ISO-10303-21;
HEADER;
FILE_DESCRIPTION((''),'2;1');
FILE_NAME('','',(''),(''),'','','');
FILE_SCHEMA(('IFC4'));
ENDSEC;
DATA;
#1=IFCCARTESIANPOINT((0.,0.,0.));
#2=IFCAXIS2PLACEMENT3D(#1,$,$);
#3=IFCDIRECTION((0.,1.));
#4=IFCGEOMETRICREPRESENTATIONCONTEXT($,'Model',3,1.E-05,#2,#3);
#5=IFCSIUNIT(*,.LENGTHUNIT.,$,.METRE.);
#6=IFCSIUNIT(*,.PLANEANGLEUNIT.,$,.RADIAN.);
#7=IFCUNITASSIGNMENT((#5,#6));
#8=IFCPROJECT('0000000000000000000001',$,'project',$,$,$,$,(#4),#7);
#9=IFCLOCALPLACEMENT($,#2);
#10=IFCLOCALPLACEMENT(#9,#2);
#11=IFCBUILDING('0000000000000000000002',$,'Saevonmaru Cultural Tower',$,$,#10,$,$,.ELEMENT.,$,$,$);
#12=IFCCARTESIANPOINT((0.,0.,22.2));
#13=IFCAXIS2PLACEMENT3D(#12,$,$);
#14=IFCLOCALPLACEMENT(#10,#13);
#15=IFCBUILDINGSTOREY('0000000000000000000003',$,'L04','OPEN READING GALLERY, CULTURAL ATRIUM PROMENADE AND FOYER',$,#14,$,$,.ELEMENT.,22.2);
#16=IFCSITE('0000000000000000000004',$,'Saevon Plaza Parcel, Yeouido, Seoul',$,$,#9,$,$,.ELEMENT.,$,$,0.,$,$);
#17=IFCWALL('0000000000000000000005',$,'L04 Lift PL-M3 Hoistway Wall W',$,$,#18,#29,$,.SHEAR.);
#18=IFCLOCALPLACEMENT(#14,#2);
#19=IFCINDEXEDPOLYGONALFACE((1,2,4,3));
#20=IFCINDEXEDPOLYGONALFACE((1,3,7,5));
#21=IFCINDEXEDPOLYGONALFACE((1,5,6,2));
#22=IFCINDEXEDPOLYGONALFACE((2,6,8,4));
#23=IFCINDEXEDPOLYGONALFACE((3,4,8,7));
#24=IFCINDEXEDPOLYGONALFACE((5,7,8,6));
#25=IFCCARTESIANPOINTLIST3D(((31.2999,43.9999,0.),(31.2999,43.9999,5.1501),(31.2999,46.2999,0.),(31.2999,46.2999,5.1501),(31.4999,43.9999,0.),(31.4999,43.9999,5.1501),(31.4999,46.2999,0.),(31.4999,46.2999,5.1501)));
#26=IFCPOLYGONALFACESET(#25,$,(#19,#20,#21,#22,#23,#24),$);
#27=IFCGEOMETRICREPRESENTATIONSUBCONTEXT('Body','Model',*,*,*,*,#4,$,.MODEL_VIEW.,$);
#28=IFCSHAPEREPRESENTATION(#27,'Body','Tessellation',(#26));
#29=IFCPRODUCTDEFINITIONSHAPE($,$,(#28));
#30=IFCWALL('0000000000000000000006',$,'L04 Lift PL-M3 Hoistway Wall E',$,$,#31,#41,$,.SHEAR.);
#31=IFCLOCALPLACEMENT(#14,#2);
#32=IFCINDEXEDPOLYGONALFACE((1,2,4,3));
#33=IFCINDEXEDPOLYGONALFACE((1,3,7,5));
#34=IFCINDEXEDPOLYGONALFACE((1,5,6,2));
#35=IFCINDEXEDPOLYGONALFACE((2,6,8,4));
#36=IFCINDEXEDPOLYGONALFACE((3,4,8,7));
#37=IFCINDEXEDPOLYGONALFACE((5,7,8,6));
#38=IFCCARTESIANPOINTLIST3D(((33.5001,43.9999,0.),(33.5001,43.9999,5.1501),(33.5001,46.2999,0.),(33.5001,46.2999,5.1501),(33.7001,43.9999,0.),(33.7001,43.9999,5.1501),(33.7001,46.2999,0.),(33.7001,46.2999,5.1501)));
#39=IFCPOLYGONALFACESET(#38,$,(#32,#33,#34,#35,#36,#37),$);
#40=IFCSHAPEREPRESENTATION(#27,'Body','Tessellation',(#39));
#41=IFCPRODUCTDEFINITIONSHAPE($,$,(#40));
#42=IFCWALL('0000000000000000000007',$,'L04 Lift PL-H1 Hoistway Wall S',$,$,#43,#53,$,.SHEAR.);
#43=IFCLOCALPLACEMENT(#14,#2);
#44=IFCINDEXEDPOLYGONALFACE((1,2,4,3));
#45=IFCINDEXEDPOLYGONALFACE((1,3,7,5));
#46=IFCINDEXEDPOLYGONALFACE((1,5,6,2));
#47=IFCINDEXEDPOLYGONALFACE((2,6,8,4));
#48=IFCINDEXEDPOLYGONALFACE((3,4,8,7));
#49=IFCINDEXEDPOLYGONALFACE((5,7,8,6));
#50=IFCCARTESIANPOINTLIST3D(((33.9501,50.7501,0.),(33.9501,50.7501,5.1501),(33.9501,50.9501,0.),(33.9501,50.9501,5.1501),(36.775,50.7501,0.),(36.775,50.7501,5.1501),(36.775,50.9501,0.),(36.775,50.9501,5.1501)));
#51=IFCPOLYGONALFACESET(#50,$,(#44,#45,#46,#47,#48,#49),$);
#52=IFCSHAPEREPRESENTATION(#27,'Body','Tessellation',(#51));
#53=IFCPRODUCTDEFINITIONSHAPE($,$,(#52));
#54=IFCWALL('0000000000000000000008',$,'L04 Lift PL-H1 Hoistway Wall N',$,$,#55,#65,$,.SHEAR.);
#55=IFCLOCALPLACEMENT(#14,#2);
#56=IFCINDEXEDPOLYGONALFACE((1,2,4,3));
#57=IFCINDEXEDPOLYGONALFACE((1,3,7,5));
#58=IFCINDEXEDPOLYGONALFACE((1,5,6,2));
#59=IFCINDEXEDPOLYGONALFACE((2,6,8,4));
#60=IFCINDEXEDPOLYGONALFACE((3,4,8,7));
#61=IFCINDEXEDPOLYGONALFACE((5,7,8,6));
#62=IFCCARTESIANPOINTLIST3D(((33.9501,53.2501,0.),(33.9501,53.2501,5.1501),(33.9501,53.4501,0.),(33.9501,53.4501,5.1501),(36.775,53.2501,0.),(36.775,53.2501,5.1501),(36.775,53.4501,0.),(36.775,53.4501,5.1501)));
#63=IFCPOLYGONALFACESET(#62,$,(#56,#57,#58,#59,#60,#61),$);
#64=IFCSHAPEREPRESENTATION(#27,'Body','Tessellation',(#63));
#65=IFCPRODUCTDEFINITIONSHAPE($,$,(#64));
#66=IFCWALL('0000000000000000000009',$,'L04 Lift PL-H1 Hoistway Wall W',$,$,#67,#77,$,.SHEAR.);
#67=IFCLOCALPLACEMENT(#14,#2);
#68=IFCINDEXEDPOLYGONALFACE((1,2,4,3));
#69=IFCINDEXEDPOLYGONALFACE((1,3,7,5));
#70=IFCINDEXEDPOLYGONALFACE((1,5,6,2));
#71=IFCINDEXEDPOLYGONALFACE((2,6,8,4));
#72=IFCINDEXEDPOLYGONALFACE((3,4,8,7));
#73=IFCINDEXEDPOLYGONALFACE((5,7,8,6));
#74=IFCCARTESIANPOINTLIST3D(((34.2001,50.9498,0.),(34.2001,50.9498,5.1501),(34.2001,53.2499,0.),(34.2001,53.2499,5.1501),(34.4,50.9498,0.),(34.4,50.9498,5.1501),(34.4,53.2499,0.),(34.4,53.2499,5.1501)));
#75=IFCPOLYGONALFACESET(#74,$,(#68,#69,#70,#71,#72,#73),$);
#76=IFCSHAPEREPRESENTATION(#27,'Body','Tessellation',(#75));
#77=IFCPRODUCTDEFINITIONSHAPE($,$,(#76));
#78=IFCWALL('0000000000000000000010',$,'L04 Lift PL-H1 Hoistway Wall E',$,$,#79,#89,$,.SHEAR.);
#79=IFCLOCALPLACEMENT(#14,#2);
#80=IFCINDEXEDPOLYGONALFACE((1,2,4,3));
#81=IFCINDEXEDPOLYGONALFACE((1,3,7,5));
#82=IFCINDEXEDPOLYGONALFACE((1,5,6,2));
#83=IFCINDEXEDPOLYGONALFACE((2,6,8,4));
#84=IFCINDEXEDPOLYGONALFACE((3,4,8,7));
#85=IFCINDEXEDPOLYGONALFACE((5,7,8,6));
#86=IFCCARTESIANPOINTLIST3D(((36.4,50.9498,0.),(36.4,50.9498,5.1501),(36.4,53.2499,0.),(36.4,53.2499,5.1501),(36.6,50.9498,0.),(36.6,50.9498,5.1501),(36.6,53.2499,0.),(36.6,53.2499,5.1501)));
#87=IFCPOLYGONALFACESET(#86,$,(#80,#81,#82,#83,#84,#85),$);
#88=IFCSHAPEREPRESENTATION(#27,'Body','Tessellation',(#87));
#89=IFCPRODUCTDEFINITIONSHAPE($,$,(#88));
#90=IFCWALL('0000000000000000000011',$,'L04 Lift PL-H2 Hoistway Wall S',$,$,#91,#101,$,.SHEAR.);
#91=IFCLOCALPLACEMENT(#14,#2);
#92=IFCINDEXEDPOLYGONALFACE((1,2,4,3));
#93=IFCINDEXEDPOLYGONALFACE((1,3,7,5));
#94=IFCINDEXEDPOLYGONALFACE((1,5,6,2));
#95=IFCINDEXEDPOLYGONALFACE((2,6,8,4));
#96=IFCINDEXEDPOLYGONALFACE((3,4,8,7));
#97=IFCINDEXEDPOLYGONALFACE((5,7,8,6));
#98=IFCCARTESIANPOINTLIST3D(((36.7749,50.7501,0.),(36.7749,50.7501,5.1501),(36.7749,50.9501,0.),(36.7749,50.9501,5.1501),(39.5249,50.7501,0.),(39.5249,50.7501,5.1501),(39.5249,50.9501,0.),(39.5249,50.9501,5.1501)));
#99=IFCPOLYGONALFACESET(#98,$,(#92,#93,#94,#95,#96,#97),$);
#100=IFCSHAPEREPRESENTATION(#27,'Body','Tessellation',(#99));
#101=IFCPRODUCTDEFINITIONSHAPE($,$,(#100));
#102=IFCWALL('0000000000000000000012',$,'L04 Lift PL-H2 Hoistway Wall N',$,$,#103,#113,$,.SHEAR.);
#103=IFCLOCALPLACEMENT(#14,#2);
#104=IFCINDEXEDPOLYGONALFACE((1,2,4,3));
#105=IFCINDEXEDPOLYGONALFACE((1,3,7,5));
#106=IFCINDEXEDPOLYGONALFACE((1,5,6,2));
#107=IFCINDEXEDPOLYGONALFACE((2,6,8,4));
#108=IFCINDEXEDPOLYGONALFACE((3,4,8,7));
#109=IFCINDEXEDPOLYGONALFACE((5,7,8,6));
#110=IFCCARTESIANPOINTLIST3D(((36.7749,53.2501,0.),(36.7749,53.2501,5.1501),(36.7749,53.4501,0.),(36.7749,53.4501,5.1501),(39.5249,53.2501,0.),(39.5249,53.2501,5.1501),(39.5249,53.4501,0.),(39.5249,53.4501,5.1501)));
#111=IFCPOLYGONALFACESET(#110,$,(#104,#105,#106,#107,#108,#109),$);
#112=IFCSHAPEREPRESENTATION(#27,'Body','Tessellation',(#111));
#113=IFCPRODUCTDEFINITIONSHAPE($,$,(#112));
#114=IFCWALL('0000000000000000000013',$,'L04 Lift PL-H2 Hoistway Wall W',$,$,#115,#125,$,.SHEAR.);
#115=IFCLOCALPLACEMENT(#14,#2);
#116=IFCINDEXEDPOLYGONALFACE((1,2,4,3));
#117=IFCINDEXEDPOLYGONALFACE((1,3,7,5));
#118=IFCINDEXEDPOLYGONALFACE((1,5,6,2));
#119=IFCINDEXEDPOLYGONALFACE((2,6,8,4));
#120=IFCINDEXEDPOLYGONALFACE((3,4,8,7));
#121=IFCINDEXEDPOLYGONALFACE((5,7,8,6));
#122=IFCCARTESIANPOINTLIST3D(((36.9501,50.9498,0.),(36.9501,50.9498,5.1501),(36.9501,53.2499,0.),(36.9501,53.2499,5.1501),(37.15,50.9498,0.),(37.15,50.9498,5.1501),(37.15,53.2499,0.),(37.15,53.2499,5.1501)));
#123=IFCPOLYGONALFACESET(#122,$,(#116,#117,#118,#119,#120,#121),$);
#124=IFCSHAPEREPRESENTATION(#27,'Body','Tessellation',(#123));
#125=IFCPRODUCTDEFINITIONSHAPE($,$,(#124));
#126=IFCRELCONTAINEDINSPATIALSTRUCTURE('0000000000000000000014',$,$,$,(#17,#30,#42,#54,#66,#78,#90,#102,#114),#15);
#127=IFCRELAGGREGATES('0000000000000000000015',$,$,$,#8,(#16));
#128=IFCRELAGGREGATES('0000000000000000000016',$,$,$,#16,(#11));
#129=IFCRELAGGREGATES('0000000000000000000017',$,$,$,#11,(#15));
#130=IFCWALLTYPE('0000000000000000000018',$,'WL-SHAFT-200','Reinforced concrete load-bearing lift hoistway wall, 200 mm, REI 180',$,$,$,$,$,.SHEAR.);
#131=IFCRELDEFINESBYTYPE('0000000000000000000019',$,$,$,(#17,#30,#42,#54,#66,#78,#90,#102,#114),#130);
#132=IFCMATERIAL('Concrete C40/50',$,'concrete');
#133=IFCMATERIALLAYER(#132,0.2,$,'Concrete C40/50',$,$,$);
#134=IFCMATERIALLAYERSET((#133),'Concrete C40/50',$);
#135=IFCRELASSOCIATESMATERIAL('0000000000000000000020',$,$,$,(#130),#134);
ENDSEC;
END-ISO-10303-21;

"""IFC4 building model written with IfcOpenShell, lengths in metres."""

from ifc_helpers import new_model, si_unit, direction, frame, frame_2d, origin, place, context, subcontext, project, spatial, rectangle, extrude, material, layer, layer_set, type_object, element, save


model = new_model("IFC4")

# Units and contexts
model_context = context("Model", 3, precision=1e-05, world=origin(), true_north=direction((0.0, 1.0)))
body_context = subcontext(model_context, "Body", "Model", "MODEL_VIEW")
ifc_project = project(units=[si_unit("LENGTHUNIT", "METRE"), si_unit("PLANEANGLEUNIT", "RADIAN")], contexts=[model_context])

# Site, building, storey
site_placement = place(None, origin())
site = spatial("IfcSite", under=ifc_project, at=site_placement, Name="Saevon Plaza Parcel, Yeouido, Seoul", CompositionType="ELEMENT", RefElevation=0.0)
building_placement = place(site_placement, origin())
building = spatial("IfcBuilding", under=site, at=building_placement, Name="Saevonmaru Cultural Tower", CompositionType="ELEMENT")
storey_placement = place(building_placement, frame((0.0, 0.0, 22.2)))
storey = spatial("IfcBuildingStorey", under=building, at=storey_placement, Name="L04", Description="OPEN READING GALLERY, CULTURAL ATRIUM PROMENADE AND FOYER", CompositionType="ELEMENT", Elevation=22.2)

# Walls
ifc_material_1 = material(Name="Concrete C40/50", Category="concrete")
ifc_layer_1 = layer(ifc_material_1, 0.2, Name="Concrete C40/50")
ifc_layer_set_1 = layer_set([ifc_layer_1], Name="Concrete C40/50")
wall_type_1 = type_object("IfcWallType", Name="WL-SHAFT-200", Description="Reinforced concrete load-bearing lift hoistway wall, 200 mm, REI 180", PredefinedType="SHEAR", material=ifc_layer_set_1)
for number, where, z_axis, x_axis, name in (
    (1, (31.3999, 44.0, 0.0), (0.0, 0.0, 1.0), (0.0, 1.0, 0.0), "L04 Lift PL-M3 Hoistway Wall W"),
    (2, (33.6001, 44.0, 0.0), (0.0, 0.0, 1.0), (0.0, 1.0, 0.0), "L04 Lift PL-M3 Hoistway Wall E"),
):
    element("IfcWall", number, at=place(storey_placement, frame(where, z_axis=z_axis, x_axis=x_axis)), inside=storey, type_object=wall_type_1, Name=name, PredefinedType="SHEAR", context=body_context, shape_type="SweptSolid", body=[
        extrude(rectangle(XDim=2.3, YDim=0.2, at=frame_2d((1.1499, 0.0))), origin(), (0.0, 0.0, 1.0), 5.1501),
    ])
for number, where, z_axis, x_axis, name in (
    (3, (33.95, 50.8501, 0.0), (0.0, 0.0, 1.0), (1.0, 0.0, 0.0), "L04 Lift PL-H1 Hoistway Wall S"),
    (4, (33.95, 53.3501, 0.0), (0.0, 0.0, 1.0), (1.0, 0.0, 0.0), "L04 Lift PL-H1 Hoistway Wall N"),
):
    element("IfcWall", number, at=place(storey_placement, frame(where, z_axis=z_axis, x_axis=x_axis)), inside=storey, type_object=wall_type_1, Name=name, PredefinedType="SHEAR", context=body_context, shape_type="SweptSolid", body=[
        extrude(rectangle(XDim=2.825, YDim=0.2, at=frame_2d((1.4126, 0.0))), origin(), (0.0, 0.0, 1.0), 5.1501),
    ])
for number, where, z_axis, x_axis, name in (
    (5, (34.3, 50.95, 0.0), (0.0, 0.0, 1.0), (0.0, 1.0, 0.0), "L04 Lift PL-H1 Hoistway Wall W"),
    (6, (36.5, 50.95, 0.0), (0.0, 0.0, 1.0), (0.0, 1.0, 0.0), "L04 Lift PL-H1 Hoistway Wall E"),
):
    element("IfcWall", number, at=place(storey_placement, frame(where, z_axis=z_axis, x_axis=x_axis)), inside=storey, type_object=wall_type_1, Name=name, PredefinedType="SHEAR", context=body_context, shape_type="SweptSolid", body=[
        extrude(rectangle(XDim=2.3, YDim=0.2, at=frame_2d((1.1499, 0.0))), origin(), (0.0, 0.0, 1.0), 5.1501),
    ])
for number, where, z_axis, x_axis, name in (
    (7, (36.7749, 50.8501, 0.0), (0.0, 0.0, 1.0), (1.0, 0.0, 0.0), "L04 Lift PL-H2 Hoistway Wall S"),
    (8, (36.7749, 53.3501, 0.0), (0.0, 0.0, 1.0), (1.0, 0.0, 0.0), "L04 Lift PL-H2 Hoistway Wall N"),
):
    element("IfcWall", number, at=place(storey_placement, frame(where, z_axis=z_axis, x_axis=x_axis)), inside=storey, type_object=wall_type_1, Name=name, PredefinedType="SHEAR", context=body_context, shape_type="SweptSolid", body=[
        extrude(rectangle(XDim=2.75, YDim=0.2, at=frame_2d((1.375, 0.0))), origin(), (0.0, 0.0, 1.0), 5.1501),
    ])
wall_1_placement = place(storey_placement, frame((37.05, 50.95, 0.0), z_axis=(0.0, 0.0, 1.0), x_axis=(0.0, 1.0, 0.0)))
element("IfcWall", 9, at=wall_1_placement, inside=storey, type_object=wall_type_1, Name="L04 Lift PL-H2 Hoistway Wall W", PredefinedType="SHEAR", context=body_context, shape_type="SweptSolid", body=[
    extrude(rectangle(XDim=2.3, YDim=0.2, at=frame_2d((1.1499, 0.0))), origin(), (0.0, 0.0, 1.0), 5.1501),
])

save(model, "model.ifc")
